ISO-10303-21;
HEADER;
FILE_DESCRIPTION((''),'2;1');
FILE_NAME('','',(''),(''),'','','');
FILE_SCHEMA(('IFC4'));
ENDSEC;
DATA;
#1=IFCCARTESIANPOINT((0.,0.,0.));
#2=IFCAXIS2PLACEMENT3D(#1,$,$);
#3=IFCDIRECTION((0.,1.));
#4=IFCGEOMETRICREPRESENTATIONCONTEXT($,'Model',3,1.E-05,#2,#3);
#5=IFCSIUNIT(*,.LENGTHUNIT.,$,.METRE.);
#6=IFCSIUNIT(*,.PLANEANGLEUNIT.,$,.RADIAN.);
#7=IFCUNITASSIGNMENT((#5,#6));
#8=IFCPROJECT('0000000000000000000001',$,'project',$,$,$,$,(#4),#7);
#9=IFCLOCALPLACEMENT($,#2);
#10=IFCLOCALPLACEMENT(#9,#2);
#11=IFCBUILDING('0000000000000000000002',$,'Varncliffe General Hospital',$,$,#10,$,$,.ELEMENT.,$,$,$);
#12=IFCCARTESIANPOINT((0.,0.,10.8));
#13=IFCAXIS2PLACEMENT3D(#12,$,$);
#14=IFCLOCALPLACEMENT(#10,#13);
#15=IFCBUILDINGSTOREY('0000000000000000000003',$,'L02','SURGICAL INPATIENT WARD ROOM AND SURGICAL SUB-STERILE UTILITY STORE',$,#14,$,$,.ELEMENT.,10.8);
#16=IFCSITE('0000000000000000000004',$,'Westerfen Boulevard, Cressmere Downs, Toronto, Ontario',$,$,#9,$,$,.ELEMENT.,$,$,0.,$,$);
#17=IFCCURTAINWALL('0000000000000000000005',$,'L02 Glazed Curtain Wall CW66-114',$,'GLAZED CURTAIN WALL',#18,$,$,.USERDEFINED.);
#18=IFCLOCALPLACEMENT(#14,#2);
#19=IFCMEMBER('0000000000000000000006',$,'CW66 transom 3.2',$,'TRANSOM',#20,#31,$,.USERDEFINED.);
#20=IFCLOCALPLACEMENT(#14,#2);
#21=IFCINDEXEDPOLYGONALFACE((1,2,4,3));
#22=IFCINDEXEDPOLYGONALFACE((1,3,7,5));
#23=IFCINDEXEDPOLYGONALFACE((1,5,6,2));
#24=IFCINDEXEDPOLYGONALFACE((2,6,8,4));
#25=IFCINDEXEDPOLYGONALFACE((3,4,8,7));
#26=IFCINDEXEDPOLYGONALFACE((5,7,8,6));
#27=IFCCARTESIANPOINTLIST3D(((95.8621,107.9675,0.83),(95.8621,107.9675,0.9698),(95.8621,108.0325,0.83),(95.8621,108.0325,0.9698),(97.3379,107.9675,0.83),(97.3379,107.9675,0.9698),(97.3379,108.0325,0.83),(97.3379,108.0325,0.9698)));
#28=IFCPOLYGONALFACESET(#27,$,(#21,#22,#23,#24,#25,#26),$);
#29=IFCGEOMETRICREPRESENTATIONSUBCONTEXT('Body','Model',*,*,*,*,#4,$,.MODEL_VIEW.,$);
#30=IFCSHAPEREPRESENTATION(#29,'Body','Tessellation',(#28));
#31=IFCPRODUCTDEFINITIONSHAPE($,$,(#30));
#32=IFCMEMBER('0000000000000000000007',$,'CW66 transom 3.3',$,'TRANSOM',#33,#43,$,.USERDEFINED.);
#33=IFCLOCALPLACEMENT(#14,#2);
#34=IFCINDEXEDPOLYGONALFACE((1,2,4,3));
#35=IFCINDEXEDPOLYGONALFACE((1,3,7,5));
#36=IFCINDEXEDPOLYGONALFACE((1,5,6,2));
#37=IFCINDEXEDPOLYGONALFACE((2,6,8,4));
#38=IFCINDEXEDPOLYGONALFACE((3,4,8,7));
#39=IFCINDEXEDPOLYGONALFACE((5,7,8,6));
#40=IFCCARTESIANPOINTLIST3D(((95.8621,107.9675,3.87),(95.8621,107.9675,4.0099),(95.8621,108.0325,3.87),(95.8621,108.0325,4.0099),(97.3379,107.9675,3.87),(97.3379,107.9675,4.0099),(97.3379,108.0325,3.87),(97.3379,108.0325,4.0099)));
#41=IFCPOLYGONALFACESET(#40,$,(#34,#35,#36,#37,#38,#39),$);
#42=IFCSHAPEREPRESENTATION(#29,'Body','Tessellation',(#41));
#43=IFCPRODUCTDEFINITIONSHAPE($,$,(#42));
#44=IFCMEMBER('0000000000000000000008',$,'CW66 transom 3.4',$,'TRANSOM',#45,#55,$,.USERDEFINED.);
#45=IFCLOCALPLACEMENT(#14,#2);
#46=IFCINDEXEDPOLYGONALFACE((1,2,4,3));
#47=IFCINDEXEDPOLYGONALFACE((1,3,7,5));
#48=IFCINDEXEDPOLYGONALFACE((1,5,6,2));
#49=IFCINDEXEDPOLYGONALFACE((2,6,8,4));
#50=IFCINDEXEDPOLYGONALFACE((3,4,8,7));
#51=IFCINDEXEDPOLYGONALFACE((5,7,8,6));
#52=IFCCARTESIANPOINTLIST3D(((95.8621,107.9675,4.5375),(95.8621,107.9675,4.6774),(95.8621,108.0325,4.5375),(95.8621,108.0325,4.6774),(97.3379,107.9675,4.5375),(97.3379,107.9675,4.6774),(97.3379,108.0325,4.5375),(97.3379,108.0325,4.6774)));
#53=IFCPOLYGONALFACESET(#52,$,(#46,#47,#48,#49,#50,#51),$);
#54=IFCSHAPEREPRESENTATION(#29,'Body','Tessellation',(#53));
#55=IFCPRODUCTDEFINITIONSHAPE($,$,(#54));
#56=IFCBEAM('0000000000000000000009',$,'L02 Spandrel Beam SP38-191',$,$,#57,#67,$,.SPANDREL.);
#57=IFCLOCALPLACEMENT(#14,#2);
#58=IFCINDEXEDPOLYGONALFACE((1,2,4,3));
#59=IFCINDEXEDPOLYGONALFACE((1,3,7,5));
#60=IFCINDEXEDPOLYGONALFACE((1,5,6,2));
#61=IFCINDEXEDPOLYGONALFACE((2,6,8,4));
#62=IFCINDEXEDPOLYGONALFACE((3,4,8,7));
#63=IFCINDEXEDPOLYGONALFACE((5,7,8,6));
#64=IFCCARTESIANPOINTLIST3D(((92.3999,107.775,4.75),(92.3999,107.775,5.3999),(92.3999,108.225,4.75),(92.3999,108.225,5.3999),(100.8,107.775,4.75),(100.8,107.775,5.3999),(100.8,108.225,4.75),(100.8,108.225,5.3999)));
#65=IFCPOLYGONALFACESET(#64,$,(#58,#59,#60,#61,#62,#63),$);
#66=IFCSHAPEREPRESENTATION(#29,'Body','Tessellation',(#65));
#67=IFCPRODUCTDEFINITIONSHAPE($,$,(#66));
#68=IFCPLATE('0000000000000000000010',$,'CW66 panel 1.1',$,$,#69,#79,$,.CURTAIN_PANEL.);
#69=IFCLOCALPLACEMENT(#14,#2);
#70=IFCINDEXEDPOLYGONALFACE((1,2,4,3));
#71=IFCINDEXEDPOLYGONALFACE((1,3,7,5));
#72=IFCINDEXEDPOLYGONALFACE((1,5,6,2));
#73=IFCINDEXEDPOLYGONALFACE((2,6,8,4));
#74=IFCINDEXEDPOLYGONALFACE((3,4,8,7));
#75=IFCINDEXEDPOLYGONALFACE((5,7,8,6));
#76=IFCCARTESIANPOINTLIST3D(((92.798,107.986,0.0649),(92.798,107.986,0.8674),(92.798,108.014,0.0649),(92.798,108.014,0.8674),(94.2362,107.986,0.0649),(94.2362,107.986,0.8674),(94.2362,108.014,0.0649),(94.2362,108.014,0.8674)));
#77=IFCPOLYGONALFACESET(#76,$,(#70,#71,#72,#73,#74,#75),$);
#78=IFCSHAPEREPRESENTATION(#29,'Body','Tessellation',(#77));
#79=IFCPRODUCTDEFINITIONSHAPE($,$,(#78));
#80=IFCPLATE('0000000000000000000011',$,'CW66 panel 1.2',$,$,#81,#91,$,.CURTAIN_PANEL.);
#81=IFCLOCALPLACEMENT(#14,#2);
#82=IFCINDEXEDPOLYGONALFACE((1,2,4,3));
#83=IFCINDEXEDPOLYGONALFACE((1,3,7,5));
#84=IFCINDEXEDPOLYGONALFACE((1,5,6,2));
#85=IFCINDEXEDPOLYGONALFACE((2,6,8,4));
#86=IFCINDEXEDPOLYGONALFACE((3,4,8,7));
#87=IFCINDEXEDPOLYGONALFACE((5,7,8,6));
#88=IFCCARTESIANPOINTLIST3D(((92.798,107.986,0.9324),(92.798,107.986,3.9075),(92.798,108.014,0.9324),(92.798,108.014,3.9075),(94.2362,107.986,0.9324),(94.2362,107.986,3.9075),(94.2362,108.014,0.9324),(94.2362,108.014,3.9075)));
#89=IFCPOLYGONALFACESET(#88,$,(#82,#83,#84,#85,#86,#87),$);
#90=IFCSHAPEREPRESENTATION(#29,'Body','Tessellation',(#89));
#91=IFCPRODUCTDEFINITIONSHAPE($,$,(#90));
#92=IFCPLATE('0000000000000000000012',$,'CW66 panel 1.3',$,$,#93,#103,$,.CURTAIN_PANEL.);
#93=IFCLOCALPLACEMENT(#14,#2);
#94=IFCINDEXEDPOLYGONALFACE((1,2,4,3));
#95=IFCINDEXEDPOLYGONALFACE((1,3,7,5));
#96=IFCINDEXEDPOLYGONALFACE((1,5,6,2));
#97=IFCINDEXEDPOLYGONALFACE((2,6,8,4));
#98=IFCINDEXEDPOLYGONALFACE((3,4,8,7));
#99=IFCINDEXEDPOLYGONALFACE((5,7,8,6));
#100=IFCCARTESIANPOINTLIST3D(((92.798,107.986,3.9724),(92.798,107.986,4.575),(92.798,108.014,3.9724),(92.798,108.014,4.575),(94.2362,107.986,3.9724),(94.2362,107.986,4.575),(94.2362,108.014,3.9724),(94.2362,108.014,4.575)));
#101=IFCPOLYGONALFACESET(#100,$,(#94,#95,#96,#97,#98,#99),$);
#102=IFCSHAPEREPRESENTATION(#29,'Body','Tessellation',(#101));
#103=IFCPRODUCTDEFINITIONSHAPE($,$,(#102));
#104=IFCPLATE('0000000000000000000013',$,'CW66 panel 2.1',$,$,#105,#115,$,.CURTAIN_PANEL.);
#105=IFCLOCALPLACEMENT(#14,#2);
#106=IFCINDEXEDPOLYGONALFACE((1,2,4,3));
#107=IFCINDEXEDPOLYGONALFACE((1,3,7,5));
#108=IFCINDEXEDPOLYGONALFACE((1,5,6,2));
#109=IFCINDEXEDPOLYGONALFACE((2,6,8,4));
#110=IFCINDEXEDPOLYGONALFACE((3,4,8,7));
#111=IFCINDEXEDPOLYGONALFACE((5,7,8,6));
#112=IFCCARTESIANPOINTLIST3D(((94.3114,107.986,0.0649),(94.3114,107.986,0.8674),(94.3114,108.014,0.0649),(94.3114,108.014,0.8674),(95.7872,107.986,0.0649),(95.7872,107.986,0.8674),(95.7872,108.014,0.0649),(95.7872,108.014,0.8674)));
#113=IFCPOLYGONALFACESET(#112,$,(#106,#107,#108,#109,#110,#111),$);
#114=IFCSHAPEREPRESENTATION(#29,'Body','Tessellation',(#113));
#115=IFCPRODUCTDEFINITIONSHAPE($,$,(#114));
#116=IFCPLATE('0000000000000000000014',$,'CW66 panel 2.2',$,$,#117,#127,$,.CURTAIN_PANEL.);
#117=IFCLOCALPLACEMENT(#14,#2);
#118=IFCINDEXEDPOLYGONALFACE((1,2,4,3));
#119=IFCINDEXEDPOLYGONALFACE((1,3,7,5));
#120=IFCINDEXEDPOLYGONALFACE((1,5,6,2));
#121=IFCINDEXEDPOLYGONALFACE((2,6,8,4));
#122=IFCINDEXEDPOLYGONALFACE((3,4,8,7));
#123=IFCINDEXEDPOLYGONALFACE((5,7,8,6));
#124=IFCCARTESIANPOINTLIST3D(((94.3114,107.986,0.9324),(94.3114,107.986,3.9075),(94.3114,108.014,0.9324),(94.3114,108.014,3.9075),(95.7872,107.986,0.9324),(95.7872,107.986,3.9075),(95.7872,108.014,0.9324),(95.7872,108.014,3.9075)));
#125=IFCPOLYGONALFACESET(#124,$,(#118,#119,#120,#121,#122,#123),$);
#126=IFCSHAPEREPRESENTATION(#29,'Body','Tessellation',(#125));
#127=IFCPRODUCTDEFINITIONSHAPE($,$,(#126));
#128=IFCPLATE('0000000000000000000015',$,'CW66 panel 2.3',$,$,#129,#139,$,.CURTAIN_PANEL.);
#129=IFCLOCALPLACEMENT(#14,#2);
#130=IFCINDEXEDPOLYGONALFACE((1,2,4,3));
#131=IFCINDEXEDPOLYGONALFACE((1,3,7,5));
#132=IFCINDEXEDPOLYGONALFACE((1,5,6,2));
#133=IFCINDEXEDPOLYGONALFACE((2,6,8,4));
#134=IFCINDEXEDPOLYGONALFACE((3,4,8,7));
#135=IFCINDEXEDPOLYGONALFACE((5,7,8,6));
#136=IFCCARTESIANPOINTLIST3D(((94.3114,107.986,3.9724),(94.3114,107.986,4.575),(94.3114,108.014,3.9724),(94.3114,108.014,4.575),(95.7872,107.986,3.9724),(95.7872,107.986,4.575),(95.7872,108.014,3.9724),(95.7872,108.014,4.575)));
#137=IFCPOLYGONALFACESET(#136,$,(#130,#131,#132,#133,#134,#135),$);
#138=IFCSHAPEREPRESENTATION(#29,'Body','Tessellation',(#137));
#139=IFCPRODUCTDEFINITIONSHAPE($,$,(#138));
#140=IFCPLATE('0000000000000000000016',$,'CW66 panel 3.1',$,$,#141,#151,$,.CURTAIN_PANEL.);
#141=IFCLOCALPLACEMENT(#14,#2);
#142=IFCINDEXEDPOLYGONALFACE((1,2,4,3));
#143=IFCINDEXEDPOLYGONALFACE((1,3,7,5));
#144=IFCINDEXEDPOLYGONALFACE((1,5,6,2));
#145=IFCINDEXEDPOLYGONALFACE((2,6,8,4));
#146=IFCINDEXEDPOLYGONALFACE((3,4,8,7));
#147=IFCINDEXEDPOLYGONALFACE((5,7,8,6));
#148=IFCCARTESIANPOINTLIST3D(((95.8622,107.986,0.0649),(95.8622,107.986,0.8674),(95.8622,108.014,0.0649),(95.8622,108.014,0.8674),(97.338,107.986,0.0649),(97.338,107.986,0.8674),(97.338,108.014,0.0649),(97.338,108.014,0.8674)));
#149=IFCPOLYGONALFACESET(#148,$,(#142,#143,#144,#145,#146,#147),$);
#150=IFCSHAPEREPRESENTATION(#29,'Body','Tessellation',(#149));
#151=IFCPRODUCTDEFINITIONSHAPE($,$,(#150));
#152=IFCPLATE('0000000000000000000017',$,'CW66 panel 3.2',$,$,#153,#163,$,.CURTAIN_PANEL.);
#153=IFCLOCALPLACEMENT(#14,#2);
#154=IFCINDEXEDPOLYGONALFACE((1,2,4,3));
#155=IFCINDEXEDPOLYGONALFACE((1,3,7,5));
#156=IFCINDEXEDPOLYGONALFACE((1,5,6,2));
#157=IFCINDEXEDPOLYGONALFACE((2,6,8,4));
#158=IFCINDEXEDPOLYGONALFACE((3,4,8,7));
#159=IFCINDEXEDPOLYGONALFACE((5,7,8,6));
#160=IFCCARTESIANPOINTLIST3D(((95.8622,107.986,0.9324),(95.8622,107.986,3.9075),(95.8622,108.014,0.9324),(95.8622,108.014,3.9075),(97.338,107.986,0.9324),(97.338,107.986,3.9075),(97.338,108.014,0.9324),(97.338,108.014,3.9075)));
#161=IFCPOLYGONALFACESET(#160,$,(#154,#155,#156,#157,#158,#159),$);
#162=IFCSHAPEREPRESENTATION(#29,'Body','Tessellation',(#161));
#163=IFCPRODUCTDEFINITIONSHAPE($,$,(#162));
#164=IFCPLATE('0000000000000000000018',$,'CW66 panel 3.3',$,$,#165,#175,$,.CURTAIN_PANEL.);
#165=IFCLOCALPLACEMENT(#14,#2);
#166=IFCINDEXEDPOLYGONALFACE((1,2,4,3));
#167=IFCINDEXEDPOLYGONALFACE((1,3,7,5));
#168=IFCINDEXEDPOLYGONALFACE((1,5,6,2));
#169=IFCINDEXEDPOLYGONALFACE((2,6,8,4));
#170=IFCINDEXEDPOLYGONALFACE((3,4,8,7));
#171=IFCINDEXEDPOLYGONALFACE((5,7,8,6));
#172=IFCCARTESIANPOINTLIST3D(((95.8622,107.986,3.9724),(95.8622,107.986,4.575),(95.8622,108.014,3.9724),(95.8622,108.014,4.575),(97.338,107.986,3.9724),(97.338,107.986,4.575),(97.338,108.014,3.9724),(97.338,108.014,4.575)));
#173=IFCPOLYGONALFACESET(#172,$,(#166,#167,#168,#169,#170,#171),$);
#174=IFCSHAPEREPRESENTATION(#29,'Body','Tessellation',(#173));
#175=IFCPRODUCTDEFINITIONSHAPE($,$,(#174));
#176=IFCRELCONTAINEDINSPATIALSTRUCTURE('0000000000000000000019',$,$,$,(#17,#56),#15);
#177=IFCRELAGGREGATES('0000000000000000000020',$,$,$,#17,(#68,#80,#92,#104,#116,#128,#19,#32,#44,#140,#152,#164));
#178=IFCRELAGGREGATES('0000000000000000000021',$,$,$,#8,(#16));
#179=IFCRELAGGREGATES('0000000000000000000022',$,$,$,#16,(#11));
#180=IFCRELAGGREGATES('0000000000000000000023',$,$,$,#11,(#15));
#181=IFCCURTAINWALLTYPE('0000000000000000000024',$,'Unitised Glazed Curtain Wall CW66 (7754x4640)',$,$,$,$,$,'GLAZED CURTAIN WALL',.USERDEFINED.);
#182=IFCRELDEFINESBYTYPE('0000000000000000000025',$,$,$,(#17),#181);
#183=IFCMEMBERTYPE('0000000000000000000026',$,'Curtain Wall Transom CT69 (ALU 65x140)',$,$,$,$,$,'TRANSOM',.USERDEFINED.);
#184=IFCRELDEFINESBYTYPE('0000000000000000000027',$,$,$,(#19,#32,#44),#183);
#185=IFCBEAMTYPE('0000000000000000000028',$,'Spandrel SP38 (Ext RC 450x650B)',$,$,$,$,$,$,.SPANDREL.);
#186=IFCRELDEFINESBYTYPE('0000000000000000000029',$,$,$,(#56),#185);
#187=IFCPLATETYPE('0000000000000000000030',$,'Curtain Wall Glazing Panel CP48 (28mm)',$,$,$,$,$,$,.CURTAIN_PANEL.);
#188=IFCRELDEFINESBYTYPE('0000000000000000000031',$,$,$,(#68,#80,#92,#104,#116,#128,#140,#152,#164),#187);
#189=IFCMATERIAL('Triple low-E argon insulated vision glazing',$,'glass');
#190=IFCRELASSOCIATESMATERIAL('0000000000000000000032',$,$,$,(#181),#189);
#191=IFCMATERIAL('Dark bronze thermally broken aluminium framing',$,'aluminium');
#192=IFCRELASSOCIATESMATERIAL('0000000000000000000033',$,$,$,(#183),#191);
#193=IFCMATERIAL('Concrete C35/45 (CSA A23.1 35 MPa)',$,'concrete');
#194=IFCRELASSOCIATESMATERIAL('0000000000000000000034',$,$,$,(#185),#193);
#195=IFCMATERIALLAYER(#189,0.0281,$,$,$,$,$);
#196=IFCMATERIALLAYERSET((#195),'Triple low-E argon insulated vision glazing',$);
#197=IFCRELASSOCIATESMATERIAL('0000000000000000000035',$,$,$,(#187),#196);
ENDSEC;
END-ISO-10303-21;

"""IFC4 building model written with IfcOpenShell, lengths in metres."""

from ifc_helpers import new_model, si_unit, direction, frame, origin, origin_2d, place, context, subcontext, project, spatial, rectangle, extrude, material, layer, layer_set, material_profile, profile_set, type_object, element, aggregate, save


model = new_model("IFC4")

# Units and contexts
model_context = context("Model", 3, precision=1e-05, world=origin(), true_north=direction((0.0, 1.0)))
body_context = subcontext(model_context, "Body", "Model", "MODEL_VIEW")
ifc_project = project(units=[si_unit("LENGTHUNIT", "METRE"), si_unit("PLANEANGLEUNIT", "RADIAN")], contexts=[model_context])

# Site, building, storey
site_placement = place(None, origin())
site = spatial("IfcSite", under=ifc_project, at=site_placement, Name="Westerfen Boulevard, Cressmere Downs, Toronto, Ontario", CompositionType="ELEMENT", RefElevation=0.0)
building_placement = place(site_placement, origin())
building = spatial("IfcBuilding", under=site, at=building_placement, Name="Varncliffe General Hospital", CompositionType="ELEMENT")
storey_placement = place(building_placement, frame((0.0, 0.0, 10.8)))
storey = spatial("IfcBuildingStorey", under=building, at=storey_placement, Name="L02", Description="SURGICAL INPATIENT WARD ROOM AND SURGICAL SUB-STERILE UTILITY STORE", CompositionType="ELEMENT", Elevation=10.8)

# Curtain wall, members
ifc_material_1 = material(Name="Triple low-E argon insulated vision glazing", Category="glass")
curtain_wall_type = type_object("IfcCurtainWallType", Name="Unitised Glazed Curtain Wall CW66 (7754x4640)", ElementType="GLAZED CURTAIN WALL", PredefinedType="USERDEFINED", material=ifc_material_1)
curtain_wall_placement = place(storey_placement, origin())
curtain_wall = element("IfcCurtainWall", 1, at=curtain_wall_placement, inside=storey, type_object=curtain_wall_type, Name="L02 Glazed Curtain Wall CW66-114", ObjectType="GLAZED CURTAIN WALL", PredefinedType="USERDEFINED")
ifc_material_2 = material(Name="Dark bronze thermally broken aluminium framing", Category="aluminium")
ifc_material_profile_1 = material_profile(ifc_material_2, rectangle(XDim=0.0649, YDim=0.1399, at=origin_2d()), Name="ALU 65x140")
ifc_profile_set_1 = profile_set([ifc_material_profile_1], Name="Dark bronze thermally broken aluminium framing")
member_type_1 = type_object("IfcMemberType", Name="Curtain Wall Transom CT69 (ALU 65x140)", ElementType="TRANSOM", PredefinedType="USERDEFINED", material=ifc_profile_set_1)
member_1_placement = place(storey_placement, frame((95.8621, 108.0, 0.8999), z_axis=(1.0, 0.0, 0.0), x_axis=(0.0, 1.0, 0.0)))
member_1 = element("IfcMember", 2, at=member_1_placement, type_object=member_type_1, Name="CW66 transom 3.2", ObjectType="TRANSOM", PredefinedType="USERDEFINED", context=body_context, shape_type="SweptSolid", body=[
    extrude(rectangle(XDim=0.0649, YDim=0.1399, at=origin_2d()), origin(), (0.0, 0.0, 1.0), 1.4758),
])
member_2_placement = place(storey_placement, frame((95.8621, 108.0, 3.9399), z_axis=(1.0, 0.0, 0.0), x_axis=(0.0, 1.0, 0.0)))
member_2 = element("IfcMember", 3, at=member_2_placement, type_object=member_type_1, Name="CW66 transom 3.3", ObjectType="TRANSOM", PredefinedType="USERDEFINED", context=body_context, shape_type="SweptSolid", body=[
    extrude(rectangle(XDim=0.0649, YDim=0.1399, at=origin_2d()), origin(), (0.0, 0.0, 1.0), 1.4758),
])
member_3_placement = place(storey_placement, frame((95.8621, 108.0, 4.6074), z_axis=(1.0, 0.0, 0.0), x_axis=(0.0, 1.0, 0.0)))
member_3 = element("IfcMember", 4, at=member_3_placement, type_object=member_type_1, Name="CW66 transom 3.4", ObjectType="TRANSOM", PredefinedType="USERDEFINED", context=body_context, shape_type="SweptSolid", body=[
    extrude(rectangle(XDim=0.0649, YDim=0.1399, at=origin_2d()), origin(), (0.0, 0.0, 1.0), 1.4758),
])

# Beam
ifc_material_3 = material(Name="Concrete C35/45 (CSA A23.1 35 MPa)", Category="concrete")
ifc_material_profile_2 = material_profile(ifc_material_3, rectangle(XDim=0.45, YDim=0.6499, at=origin_2d()), Name="RC 450x650")
ifc_profile_set_2 = profile_set([ifc_material_profile_2], Name="Concrete C35/45 (CSA A23.1 35 MPa)")
beam_type = type_object("IfcBeamType", Name="Spandrel SP38 (Ext RC 450x650B)", PredefinedType="SPANDREL", material=ifc_profile_set_2)
beam_placement = place(storey_placement, frame((92.3999, 108.0, 5.075), z_axis=(1.0, 0.0, 0.0), x_axis=(0.0, 1.0, 0.0)))
element("IfcBeam", 5, at=beam_placement, inside=storey, type_object=beam_type, Name="L02 Spandrel Beam SP38-191", PredefinedType="SPANDREL", context=body_context, shape_type="SweptSolid", body=[
    extrude(rectangle(XDim=0.45, YDim=0.6499, at=origin_2d()), origin(), (0.0, 0.0, 1.0), 8.4001),
])

# Plates
ifc_layer = layer(ifc_material_1, 0.0281)
ifc_layer_set = layer_set([ifc_layer], Name="Triple low-E argon insulated vision glazing")
plate_type = type_object("IfcPlateType", Name="Curtain Wall Glazing Panel CP48 (28mm)", PredefinedType="CURTAIN_PANEL", material=ifc_layer_set)
plate_1_placement = place(storey_placement, frame((93.5171, 108.0, 0.0649), z_axis=(0.0, 0.0, 1.0), x_axis=(1.0, 0.0, 0.0)))
plate_1 = element("IfcPlate", 6, at=plate_1_placement, type_object=plate_type, Name="CW66 panel 1.1", PredefinedType="CURTAIN_PANEL", context=body_context, shape_type="SweptSolid", body=[
    extrude(rectangle(XDim=1.4382, YDim=0.0281, at=origin_2d()), origin(), (0.0, 0.0, 1.0), 0.8025),
])
plate_2_placement = place(storey_placement, frame((93.5171, 108.0, 0.9324), z_axis=(0.0, 0.0, 1.0), x_axis=(1.0, 0.0, 0.0)))
plate_2 = element("IfcPlate", 7, at=plate_2_placement, type_object=plate_type, Name="CW66 panel 1.2", PredefinedType="CURTAIN_PANEL", context=body_context, shape_type="SweptSolid", body=[
    extrude(rectangle(XDim=1.4382, YDim=0.0281, at=origin_2d()), origin(), (0.0, 0.0, 1.0), 2.9751),
])
plate_3_placement = place(storey_placement, frame((93.5171, 108.0, 3.9724), z_axis=(0.0, 0.0, 1.0), x_axis=(1.0, 0.0, 0.0)))
plate_3 = element("IfcPlate", 8, at=plate_3_placement, type_object=plate_type, Name="CW66 panel 1.3", PredefinedType="CURTAIN_PANEL", context=body_context, shape_type="SweptSolid", body=[
    extrude(rectangle(XDim=1.4382, YDim=0.0281, at=origin_2d()), origin(), (0.0, 0.0, 1.0), 0.6025),
])
plate_4_placement = place(storey_placement, frame((95.0493, 108.0, 0.0649), z_axis=(0.0, 0.0, 1.0), x_axis=(1.0, 0.0, 0.0)))
plate_4 = element("IfcPlate", 9, at=plate_4_placement, type_object=plate_type, Name="CW66 panel 2.1", PredefinedType="CURTAIN_PANEL", context=body_context, shape_type="SweptSolid", body=[
    extrude(rectangle(XDim=1.4758, YDim=0.0281, at=origin_2d()), origin(), (0.0, 0.0, 1.0), 0.8025),
])
plate_5_placement = place(storey_placement, frame((95.0493, 108.0, 0.9324), z_axis=(0.0, 0.0, 1.0), x_axis=(1.0, 0.0, 0.0)))
plate_5 = element("IfcPlate", 10, at=plate_5_placement, type_object=plate_type, Name="CW66 panel 2.2", PredefinedType="CURTAIN_PANEL", context=body_context, shape_type="SweptSolid", body=[
    extrude(rectangle(XDim=1.4758, YDim=0.0281, at=origin_2d()), origin(), (0.0, 0.0, 1.0), 2.9751),
])
plate_6_placement = place(storey_placement, frame((95.0493, 108.0, 3.9724), z_axis=(0.0, 0.0, 1.0), x_axis=(1.0, 0.0, 0.0)))
plate_6 = element("IfcPlate", 11, at=plate_6_placement, type_object=plate_type, Name="CW66 panel 2.3", PredefinedType="CURTAIN_PANEL", context=body_context, shape_type="SweptSolid", body=[
    extrude(rectangle(XDim=1.4758, YDim=0.0281, at=origin_2d()), origin(), (0.0, 0.0, 1.0), 0.6025),
])
plate_7_placement = place(storey_placement, frame((96.6001, 108.0, 0.0649), z_axis=(0.0, 0.0, 1.0), x_axis=(1.0, 0.0, 0.0)))
plate_7 = element("IfcPlate", 12, at=plate_7_placement, type_object=plate_type, Name="CW66 panel 3.1", PredefinedType="CURTAIN_PANEL", context=body_context, shape_type="SweptSolid", body=[
    extrude(rectangle(XDim=1.4758, YDim=0.0281, at=origin_2d()), origin(), (0.0, 0.0, 1.0), 0.8025),
])
plate_8_placement = place(storey_placement, frame((96.6001, 108.0, 0.9324), z_axis=(0.0, 0.0, 1.0), x_axis=(1.0, 0.0, 0.0)))
plate_8 = element("IfcPlate", 13, at=plate_8_placement, type_object=plate_type, Name="CW66 panel 3.2", PredefinedType="CURTAIN_PANEL", context=body_context, shape_type="SweptSolid", body=[
    extrude(rectangle(XDim=1.4758, YDim=0.0281, at=origin_2d()), origin(), (0.0, 0.0, 1.0), 2.9751),
])
plate_9_placement = place(storey_placement, frame((96.6001, 108.0, 3.9724), z_axis=(0.0, 0.0, 1.0), x_axis=(1.0, 0.0, 0.0)))
plate_9 = element("IfcPlate", 14, at=plate_9_placement, type_object=plate_type, Name="CW66 panel 3.3", PredefinedType="CURTAIN_PANEL", context=body_context, shape_type="SweptSolid", body=[
    extrude(rectangle(XDim=1.4758, YDim=0.0281, at=origin_2d()), origin(), (0.0, 0.0, 1.0), 0.6025),
])
aggregate(curtain_wall, [plate_1, plate_2, plate_3, plate_4, plate_5, plate_6, member_1, member_2, member_3, plate_7, plate_8, plate_9])

save(model, "model.ifc")
